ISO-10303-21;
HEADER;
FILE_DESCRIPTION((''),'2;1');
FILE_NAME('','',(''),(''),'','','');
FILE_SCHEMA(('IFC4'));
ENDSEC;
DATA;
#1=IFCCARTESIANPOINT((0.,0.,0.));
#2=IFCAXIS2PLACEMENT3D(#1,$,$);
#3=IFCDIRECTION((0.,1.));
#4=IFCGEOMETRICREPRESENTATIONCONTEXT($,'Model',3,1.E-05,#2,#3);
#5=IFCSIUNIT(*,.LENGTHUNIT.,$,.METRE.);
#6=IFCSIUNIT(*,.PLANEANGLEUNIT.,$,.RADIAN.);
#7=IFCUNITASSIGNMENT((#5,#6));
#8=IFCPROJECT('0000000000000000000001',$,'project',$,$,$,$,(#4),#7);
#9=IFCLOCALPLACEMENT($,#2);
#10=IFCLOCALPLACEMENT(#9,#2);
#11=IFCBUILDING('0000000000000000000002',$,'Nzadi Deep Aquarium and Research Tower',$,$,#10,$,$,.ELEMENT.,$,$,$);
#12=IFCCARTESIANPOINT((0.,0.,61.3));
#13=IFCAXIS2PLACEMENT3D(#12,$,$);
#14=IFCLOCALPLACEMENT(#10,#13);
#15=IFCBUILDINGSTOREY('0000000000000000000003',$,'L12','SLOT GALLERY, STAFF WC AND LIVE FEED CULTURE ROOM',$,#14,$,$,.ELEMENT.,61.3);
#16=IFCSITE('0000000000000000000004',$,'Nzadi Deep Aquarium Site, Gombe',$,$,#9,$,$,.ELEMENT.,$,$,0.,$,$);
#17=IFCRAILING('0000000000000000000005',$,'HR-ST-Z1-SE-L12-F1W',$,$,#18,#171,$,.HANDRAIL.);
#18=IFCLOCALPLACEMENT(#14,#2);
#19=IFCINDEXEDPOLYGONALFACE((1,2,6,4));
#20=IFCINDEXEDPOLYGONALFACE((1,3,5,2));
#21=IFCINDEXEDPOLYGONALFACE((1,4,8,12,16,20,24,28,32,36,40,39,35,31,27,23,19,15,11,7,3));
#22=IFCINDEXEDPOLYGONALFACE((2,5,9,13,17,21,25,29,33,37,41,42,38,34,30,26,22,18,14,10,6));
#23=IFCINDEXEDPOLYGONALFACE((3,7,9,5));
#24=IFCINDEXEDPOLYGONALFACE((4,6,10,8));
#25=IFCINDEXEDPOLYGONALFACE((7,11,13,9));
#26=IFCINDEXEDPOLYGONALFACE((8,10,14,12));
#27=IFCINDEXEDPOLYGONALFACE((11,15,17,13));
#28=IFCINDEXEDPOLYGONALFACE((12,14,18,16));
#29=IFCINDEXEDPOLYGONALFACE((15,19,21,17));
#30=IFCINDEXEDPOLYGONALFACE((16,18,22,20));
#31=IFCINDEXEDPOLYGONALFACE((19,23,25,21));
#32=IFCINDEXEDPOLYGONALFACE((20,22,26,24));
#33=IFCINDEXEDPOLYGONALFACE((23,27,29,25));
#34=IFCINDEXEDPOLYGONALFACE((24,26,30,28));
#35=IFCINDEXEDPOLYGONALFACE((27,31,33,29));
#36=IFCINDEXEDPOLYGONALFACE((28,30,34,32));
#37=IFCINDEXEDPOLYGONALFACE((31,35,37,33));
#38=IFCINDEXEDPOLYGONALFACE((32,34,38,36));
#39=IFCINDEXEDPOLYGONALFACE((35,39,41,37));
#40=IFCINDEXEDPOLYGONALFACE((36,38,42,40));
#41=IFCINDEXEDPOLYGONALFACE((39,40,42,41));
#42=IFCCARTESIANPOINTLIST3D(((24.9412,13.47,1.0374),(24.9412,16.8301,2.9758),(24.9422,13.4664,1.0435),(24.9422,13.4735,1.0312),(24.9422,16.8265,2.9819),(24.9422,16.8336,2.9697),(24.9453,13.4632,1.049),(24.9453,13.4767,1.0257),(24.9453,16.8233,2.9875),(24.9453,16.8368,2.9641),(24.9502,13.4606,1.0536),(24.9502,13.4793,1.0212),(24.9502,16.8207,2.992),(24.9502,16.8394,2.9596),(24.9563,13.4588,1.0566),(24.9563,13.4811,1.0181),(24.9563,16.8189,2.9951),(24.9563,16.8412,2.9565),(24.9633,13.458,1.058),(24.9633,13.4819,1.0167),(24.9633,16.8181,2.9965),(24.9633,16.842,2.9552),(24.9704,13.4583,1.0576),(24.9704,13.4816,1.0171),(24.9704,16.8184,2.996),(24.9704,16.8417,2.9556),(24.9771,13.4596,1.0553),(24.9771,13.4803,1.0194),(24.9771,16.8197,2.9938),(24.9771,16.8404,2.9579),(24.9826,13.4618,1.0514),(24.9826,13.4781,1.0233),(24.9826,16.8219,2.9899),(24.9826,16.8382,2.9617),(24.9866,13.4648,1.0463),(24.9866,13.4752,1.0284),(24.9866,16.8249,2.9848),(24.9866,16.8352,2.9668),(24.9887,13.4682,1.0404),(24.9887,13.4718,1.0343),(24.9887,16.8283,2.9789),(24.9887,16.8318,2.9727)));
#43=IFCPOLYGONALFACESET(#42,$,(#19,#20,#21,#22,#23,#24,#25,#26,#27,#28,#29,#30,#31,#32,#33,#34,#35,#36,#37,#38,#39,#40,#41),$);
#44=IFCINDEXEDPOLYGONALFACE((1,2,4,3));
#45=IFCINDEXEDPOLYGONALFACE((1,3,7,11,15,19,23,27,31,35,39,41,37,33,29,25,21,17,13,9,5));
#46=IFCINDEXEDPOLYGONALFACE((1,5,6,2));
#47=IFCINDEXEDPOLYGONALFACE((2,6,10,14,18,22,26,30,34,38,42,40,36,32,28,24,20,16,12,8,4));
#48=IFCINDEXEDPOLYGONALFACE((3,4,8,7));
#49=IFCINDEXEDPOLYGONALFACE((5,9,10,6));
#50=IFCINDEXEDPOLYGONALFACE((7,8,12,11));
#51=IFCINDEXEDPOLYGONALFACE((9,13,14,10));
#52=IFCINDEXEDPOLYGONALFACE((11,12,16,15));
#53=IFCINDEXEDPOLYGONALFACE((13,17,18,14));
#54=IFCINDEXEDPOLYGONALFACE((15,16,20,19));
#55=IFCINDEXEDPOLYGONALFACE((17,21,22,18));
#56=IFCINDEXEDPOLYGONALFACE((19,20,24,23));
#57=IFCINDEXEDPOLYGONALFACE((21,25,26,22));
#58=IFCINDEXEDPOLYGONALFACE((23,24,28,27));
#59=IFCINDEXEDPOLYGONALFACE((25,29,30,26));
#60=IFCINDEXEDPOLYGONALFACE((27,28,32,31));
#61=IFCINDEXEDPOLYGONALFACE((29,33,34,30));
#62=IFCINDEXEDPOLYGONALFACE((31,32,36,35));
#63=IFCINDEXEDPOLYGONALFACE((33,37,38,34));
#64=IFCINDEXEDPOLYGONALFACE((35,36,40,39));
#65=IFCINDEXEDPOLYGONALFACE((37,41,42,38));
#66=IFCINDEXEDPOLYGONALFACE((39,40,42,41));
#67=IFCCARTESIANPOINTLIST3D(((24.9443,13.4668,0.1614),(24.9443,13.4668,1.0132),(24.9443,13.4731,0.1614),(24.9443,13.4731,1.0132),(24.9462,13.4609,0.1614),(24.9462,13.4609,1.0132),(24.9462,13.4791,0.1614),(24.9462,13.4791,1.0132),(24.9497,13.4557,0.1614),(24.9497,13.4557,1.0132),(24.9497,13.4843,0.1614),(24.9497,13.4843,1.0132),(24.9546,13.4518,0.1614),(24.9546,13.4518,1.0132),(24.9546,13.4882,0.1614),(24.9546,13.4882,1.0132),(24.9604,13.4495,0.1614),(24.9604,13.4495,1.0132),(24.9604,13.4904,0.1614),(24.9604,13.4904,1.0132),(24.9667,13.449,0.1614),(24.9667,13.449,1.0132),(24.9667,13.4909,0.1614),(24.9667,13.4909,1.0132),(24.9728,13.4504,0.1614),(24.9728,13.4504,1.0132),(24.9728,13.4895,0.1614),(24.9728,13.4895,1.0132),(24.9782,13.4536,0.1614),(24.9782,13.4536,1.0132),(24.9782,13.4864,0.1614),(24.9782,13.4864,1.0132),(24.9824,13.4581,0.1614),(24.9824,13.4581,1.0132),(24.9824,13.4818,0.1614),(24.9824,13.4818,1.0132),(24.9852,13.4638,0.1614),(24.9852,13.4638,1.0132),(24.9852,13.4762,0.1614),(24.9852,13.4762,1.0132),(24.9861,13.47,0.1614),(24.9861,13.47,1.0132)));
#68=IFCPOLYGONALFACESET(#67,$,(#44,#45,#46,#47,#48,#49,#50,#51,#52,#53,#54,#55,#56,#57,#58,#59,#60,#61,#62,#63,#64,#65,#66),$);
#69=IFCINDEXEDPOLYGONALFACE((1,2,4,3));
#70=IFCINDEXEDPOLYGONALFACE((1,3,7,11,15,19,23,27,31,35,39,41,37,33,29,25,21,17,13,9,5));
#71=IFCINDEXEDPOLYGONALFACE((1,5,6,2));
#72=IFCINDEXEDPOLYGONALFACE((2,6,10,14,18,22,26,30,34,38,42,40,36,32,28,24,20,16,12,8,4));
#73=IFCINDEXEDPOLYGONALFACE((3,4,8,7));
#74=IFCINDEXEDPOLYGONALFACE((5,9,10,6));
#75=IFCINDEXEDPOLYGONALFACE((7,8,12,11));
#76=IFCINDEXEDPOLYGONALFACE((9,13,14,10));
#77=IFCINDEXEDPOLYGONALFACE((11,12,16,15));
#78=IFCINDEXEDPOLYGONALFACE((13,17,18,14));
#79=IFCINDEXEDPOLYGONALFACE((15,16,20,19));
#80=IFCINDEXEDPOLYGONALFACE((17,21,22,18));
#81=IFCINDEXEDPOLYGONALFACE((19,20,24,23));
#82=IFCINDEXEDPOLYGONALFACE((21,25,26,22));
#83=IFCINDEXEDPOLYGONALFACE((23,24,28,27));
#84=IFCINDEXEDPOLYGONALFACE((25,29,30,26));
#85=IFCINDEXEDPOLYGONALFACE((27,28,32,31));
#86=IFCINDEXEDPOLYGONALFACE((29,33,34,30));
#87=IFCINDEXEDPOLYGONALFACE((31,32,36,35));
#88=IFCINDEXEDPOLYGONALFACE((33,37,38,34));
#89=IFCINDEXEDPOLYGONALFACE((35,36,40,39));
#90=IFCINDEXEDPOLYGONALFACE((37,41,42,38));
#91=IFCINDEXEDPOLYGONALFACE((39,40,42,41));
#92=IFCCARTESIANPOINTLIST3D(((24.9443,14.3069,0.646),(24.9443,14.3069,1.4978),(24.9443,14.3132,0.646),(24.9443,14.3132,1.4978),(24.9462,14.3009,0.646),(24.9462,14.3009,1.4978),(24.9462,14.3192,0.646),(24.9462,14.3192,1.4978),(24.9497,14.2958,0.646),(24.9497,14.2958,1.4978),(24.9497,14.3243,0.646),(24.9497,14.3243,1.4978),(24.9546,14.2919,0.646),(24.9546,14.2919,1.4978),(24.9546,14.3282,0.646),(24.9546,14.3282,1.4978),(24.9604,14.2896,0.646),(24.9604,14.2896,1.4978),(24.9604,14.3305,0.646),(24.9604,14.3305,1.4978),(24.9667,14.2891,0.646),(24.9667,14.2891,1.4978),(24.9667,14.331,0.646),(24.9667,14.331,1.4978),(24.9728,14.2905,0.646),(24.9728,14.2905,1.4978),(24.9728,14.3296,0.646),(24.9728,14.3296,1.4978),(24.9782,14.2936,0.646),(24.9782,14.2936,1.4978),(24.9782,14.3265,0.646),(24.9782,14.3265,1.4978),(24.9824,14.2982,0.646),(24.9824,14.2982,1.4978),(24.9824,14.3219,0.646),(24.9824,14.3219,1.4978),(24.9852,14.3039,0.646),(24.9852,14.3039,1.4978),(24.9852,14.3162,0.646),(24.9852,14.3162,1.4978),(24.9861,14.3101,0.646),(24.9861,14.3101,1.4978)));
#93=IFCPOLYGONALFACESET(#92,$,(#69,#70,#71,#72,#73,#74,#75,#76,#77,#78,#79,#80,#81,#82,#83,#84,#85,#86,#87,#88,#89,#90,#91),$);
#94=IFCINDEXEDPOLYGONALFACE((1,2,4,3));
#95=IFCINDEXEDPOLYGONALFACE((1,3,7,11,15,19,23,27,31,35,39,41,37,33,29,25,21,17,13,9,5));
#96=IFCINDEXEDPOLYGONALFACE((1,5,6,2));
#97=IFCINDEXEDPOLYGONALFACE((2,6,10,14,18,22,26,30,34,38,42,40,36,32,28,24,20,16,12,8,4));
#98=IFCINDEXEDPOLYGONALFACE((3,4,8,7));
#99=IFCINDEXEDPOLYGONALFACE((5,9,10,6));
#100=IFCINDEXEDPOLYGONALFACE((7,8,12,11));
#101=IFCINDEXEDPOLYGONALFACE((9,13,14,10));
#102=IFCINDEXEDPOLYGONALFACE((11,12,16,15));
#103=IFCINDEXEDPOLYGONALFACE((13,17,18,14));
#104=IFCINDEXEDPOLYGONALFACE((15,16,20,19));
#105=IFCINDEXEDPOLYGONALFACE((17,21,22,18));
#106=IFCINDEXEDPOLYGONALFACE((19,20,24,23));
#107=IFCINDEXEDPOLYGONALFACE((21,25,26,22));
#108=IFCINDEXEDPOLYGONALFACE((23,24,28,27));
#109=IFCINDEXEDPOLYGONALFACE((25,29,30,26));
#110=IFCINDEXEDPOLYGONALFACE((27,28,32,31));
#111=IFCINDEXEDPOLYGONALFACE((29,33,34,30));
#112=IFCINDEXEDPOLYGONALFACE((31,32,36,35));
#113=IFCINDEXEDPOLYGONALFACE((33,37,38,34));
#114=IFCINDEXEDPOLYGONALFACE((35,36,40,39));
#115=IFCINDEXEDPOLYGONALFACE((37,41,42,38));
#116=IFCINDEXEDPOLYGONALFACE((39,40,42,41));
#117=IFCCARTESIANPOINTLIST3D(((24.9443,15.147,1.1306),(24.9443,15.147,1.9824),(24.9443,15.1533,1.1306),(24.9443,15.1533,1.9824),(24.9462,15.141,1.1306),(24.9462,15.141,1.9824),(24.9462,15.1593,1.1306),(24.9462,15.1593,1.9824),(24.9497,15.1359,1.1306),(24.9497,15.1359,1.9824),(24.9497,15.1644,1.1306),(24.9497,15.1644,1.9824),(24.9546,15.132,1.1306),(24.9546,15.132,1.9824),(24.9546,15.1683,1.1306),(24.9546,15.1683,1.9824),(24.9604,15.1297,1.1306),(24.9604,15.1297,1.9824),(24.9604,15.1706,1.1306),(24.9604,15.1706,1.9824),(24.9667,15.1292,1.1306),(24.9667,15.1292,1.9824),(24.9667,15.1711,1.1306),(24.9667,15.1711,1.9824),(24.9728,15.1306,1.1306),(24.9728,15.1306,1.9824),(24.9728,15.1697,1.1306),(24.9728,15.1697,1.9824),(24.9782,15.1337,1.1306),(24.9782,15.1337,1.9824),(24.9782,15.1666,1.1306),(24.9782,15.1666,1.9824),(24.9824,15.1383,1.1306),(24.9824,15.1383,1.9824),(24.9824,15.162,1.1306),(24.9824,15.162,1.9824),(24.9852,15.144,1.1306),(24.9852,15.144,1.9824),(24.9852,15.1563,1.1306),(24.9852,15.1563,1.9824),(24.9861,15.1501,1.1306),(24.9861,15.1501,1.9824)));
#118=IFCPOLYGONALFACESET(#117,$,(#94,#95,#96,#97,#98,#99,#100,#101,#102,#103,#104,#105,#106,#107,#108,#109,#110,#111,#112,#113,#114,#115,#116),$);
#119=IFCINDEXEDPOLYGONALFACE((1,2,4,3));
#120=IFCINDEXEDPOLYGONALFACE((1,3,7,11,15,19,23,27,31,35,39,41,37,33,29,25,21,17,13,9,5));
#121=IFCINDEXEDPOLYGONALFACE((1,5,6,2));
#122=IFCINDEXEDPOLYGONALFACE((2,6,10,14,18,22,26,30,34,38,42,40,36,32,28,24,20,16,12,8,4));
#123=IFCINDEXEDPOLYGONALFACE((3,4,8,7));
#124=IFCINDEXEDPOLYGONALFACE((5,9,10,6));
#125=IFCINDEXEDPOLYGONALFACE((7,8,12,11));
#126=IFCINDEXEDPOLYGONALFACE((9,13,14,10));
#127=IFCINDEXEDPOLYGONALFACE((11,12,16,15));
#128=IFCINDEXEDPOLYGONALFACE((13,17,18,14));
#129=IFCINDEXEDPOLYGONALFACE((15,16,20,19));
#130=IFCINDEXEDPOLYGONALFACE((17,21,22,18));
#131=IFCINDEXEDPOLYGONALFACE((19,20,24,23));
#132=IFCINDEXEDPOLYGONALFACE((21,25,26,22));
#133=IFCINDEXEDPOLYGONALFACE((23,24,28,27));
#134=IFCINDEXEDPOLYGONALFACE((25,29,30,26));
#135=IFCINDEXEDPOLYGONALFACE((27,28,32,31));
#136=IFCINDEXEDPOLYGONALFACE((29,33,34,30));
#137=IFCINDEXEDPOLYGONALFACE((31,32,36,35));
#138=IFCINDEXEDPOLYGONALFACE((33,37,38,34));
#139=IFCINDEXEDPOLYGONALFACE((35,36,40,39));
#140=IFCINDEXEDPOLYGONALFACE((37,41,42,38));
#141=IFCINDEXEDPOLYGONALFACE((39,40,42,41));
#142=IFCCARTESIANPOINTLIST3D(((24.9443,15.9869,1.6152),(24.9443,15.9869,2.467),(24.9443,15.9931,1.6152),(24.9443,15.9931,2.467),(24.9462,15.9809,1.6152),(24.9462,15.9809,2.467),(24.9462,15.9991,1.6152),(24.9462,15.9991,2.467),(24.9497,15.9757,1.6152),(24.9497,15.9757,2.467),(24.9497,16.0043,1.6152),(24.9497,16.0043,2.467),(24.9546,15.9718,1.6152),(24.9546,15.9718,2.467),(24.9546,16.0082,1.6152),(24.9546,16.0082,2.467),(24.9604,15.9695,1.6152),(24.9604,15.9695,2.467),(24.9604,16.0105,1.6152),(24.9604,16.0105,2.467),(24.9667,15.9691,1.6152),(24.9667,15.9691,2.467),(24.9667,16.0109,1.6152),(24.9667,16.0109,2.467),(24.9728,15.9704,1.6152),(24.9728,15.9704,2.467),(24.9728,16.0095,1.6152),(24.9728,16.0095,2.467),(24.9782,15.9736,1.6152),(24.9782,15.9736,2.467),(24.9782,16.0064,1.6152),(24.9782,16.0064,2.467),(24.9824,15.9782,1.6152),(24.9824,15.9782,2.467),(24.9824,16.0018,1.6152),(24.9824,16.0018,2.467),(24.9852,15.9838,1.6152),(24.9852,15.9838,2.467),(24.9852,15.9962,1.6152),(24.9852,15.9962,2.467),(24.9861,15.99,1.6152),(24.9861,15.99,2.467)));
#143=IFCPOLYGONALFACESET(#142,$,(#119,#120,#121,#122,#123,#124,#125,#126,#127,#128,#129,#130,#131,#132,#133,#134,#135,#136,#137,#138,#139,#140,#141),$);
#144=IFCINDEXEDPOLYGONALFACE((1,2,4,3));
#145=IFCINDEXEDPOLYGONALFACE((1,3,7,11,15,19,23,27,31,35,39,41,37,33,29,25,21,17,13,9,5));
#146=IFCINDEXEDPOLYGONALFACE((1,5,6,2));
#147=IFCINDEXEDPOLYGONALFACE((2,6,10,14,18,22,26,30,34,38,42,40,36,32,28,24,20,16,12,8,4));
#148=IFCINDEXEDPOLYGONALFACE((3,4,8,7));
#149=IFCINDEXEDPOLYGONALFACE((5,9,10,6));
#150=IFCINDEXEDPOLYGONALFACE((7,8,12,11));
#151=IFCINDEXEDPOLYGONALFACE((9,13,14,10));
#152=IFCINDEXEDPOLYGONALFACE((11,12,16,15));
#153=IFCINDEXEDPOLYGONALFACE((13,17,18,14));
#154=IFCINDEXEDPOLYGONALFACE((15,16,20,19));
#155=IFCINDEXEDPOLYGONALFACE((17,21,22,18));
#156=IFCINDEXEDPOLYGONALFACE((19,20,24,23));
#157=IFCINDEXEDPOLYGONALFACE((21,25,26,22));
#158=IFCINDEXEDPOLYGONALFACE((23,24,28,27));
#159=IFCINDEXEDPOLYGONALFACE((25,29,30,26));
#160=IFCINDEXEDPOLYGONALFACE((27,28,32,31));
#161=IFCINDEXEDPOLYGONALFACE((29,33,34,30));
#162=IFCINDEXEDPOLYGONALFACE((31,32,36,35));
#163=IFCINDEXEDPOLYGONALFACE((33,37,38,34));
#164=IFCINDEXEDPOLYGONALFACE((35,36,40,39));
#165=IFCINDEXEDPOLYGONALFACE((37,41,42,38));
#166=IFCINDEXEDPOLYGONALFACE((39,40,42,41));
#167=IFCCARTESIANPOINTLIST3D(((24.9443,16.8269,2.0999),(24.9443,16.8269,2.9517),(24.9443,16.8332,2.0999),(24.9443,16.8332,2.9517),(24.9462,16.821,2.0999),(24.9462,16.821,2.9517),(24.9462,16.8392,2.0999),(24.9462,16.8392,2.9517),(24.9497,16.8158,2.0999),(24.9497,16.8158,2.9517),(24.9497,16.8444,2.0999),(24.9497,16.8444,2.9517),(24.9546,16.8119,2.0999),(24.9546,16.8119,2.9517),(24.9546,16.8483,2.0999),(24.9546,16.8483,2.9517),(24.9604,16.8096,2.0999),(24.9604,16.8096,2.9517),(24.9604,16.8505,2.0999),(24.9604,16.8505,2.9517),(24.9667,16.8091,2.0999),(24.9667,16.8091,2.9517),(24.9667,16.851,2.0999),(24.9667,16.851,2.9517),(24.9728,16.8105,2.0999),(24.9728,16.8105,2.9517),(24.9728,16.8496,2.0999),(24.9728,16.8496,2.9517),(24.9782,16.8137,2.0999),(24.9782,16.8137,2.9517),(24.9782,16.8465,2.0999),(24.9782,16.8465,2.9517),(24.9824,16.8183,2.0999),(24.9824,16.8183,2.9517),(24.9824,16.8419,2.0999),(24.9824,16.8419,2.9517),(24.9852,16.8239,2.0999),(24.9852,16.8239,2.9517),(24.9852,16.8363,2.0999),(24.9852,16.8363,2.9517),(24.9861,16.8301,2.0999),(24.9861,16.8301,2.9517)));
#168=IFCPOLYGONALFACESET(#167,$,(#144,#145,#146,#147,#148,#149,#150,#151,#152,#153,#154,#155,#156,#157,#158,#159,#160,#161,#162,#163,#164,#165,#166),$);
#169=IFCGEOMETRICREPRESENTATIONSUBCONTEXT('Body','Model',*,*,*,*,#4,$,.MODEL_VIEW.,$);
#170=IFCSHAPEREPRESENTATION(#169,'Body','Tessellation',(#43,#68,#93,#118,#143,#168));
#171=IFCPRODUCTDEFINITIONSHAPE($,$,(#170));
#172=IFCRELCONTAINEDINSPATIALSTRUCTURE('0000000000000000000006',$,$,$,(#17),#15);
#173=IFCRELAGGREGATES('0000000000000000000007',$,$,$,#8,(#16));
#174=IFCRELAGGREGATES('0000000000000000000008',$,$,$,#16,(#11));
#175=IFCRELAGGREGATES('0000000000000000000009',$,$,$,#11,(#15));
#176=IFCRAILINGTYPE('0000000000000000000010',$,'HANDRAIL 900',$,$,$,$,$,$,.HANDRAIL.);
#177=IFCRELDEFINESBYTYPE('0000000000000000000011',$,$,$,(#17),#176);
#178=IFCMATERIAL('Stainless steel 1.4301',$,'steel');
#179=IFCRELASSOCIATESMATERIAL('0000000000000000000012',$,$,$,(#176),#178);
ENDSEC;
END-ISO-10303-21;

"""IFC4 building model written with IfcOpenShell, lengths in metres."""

from ifc_helpers import new_model, si_unit, direction, frame, origin, origin_2d, place, context, subcontext, project, spatial, circle, extrude, material, type_object, element, save


model = new_model("IFC4")

# Units and contexts
model_context = context("Model", 3, precision=1e-05, world=origin(), true_north=direction((0.0, 1.0)))
body_context = subcontext(model_context, "Body", "Model", "MODEL_VIEW")
ifc_project = project(units=[si_unit("LENGTHUNIT", "METRE"), si_unit("PLANEANGLEUNIT", "RADIAN")], contexts=[model_context])

# Site, building, storey
site_placement = place(None, origin())
site = spatial("IfcSite", under=ifc_project, at=site_placement, Name="Nzadi Deep Aquarium Site, Gombe", CompositionType="ELEMENT", RefElevation=0.0)
building_placement = place(site_placement, origin())
building = spatial("IfcBuilding", under=site, at=building_placement, Name="Nzadi Deep Aquarium and Research Tower", CompositionType="ELEMENT")
storey_placement = place(building_placement, frame((0.0, 0.0, 61.3)))
storey = spatial("IfcBuildingStorey", under=building, at=storey_placement, Name="L12", Description="SLOT GALLERY, STAFF WC AND LIVE FEED CULTURE ROOM", CompositionType="ELEMENT", Elevation=61.3)

# Railing
ifc_material_1 = material(Name="Stainless steel 1.4301", Category="steel")
railing_type = type_object("IfcRailingType", Name="HANDRAIL 900", PredefinedType="HANDRAIL", material=ifc_material_1)
railing_placement = place(storey_placement, frame((24.9651, 13.47, 0.1614)))
element("IfcRailing", 1, at=railing_placement, inside=storey, type_object=railing_type, Name="HR-ST-Z1-SE-L12-F1W", PredefinedType="HANDRAIL", context=body_context, shape_type="SweptSolid", body=[
    extrude(circle(Radius=0.0239, at=origin_2d()), frame((0.0, 0.0, 0.876), z_axis=(0.0, 0.866191, 0.499713), x_axis=(-1.0, 0.0, 0.0)), (0.0, 0.0, 1.0), 3.8792),
    extrude(circle(Radius=0.021, at=origin_2d()), origin(), (0.0, 0.0, 1.0), 0.8518),
    extrude(circle(Radius=0.021, at=origin_2d()), frame((0.0, 0.8401, 0.4846)), (0.0, 0.0, 1.0), 0.8518),
    extrude(circle(Radius=0.021, at=origin_2d()), frame((0.0, 1.6802, 0.9692)), (0.0, 0.0, 1.0), 0.8518),
    extrude(circle(Radius=0.021, at=origin_2d()), frame((0.0, 2.52, 1.4539)), (0.0, 0.0, 1.0), 0.8518),
    extrude(circle(Radius=0.021, at=origin_2d()), frame((0.0, 3.3601, 1.9385)), (0.0, 0.0, 1.0), 0.8518),
])

save(model, "model.ifc")
